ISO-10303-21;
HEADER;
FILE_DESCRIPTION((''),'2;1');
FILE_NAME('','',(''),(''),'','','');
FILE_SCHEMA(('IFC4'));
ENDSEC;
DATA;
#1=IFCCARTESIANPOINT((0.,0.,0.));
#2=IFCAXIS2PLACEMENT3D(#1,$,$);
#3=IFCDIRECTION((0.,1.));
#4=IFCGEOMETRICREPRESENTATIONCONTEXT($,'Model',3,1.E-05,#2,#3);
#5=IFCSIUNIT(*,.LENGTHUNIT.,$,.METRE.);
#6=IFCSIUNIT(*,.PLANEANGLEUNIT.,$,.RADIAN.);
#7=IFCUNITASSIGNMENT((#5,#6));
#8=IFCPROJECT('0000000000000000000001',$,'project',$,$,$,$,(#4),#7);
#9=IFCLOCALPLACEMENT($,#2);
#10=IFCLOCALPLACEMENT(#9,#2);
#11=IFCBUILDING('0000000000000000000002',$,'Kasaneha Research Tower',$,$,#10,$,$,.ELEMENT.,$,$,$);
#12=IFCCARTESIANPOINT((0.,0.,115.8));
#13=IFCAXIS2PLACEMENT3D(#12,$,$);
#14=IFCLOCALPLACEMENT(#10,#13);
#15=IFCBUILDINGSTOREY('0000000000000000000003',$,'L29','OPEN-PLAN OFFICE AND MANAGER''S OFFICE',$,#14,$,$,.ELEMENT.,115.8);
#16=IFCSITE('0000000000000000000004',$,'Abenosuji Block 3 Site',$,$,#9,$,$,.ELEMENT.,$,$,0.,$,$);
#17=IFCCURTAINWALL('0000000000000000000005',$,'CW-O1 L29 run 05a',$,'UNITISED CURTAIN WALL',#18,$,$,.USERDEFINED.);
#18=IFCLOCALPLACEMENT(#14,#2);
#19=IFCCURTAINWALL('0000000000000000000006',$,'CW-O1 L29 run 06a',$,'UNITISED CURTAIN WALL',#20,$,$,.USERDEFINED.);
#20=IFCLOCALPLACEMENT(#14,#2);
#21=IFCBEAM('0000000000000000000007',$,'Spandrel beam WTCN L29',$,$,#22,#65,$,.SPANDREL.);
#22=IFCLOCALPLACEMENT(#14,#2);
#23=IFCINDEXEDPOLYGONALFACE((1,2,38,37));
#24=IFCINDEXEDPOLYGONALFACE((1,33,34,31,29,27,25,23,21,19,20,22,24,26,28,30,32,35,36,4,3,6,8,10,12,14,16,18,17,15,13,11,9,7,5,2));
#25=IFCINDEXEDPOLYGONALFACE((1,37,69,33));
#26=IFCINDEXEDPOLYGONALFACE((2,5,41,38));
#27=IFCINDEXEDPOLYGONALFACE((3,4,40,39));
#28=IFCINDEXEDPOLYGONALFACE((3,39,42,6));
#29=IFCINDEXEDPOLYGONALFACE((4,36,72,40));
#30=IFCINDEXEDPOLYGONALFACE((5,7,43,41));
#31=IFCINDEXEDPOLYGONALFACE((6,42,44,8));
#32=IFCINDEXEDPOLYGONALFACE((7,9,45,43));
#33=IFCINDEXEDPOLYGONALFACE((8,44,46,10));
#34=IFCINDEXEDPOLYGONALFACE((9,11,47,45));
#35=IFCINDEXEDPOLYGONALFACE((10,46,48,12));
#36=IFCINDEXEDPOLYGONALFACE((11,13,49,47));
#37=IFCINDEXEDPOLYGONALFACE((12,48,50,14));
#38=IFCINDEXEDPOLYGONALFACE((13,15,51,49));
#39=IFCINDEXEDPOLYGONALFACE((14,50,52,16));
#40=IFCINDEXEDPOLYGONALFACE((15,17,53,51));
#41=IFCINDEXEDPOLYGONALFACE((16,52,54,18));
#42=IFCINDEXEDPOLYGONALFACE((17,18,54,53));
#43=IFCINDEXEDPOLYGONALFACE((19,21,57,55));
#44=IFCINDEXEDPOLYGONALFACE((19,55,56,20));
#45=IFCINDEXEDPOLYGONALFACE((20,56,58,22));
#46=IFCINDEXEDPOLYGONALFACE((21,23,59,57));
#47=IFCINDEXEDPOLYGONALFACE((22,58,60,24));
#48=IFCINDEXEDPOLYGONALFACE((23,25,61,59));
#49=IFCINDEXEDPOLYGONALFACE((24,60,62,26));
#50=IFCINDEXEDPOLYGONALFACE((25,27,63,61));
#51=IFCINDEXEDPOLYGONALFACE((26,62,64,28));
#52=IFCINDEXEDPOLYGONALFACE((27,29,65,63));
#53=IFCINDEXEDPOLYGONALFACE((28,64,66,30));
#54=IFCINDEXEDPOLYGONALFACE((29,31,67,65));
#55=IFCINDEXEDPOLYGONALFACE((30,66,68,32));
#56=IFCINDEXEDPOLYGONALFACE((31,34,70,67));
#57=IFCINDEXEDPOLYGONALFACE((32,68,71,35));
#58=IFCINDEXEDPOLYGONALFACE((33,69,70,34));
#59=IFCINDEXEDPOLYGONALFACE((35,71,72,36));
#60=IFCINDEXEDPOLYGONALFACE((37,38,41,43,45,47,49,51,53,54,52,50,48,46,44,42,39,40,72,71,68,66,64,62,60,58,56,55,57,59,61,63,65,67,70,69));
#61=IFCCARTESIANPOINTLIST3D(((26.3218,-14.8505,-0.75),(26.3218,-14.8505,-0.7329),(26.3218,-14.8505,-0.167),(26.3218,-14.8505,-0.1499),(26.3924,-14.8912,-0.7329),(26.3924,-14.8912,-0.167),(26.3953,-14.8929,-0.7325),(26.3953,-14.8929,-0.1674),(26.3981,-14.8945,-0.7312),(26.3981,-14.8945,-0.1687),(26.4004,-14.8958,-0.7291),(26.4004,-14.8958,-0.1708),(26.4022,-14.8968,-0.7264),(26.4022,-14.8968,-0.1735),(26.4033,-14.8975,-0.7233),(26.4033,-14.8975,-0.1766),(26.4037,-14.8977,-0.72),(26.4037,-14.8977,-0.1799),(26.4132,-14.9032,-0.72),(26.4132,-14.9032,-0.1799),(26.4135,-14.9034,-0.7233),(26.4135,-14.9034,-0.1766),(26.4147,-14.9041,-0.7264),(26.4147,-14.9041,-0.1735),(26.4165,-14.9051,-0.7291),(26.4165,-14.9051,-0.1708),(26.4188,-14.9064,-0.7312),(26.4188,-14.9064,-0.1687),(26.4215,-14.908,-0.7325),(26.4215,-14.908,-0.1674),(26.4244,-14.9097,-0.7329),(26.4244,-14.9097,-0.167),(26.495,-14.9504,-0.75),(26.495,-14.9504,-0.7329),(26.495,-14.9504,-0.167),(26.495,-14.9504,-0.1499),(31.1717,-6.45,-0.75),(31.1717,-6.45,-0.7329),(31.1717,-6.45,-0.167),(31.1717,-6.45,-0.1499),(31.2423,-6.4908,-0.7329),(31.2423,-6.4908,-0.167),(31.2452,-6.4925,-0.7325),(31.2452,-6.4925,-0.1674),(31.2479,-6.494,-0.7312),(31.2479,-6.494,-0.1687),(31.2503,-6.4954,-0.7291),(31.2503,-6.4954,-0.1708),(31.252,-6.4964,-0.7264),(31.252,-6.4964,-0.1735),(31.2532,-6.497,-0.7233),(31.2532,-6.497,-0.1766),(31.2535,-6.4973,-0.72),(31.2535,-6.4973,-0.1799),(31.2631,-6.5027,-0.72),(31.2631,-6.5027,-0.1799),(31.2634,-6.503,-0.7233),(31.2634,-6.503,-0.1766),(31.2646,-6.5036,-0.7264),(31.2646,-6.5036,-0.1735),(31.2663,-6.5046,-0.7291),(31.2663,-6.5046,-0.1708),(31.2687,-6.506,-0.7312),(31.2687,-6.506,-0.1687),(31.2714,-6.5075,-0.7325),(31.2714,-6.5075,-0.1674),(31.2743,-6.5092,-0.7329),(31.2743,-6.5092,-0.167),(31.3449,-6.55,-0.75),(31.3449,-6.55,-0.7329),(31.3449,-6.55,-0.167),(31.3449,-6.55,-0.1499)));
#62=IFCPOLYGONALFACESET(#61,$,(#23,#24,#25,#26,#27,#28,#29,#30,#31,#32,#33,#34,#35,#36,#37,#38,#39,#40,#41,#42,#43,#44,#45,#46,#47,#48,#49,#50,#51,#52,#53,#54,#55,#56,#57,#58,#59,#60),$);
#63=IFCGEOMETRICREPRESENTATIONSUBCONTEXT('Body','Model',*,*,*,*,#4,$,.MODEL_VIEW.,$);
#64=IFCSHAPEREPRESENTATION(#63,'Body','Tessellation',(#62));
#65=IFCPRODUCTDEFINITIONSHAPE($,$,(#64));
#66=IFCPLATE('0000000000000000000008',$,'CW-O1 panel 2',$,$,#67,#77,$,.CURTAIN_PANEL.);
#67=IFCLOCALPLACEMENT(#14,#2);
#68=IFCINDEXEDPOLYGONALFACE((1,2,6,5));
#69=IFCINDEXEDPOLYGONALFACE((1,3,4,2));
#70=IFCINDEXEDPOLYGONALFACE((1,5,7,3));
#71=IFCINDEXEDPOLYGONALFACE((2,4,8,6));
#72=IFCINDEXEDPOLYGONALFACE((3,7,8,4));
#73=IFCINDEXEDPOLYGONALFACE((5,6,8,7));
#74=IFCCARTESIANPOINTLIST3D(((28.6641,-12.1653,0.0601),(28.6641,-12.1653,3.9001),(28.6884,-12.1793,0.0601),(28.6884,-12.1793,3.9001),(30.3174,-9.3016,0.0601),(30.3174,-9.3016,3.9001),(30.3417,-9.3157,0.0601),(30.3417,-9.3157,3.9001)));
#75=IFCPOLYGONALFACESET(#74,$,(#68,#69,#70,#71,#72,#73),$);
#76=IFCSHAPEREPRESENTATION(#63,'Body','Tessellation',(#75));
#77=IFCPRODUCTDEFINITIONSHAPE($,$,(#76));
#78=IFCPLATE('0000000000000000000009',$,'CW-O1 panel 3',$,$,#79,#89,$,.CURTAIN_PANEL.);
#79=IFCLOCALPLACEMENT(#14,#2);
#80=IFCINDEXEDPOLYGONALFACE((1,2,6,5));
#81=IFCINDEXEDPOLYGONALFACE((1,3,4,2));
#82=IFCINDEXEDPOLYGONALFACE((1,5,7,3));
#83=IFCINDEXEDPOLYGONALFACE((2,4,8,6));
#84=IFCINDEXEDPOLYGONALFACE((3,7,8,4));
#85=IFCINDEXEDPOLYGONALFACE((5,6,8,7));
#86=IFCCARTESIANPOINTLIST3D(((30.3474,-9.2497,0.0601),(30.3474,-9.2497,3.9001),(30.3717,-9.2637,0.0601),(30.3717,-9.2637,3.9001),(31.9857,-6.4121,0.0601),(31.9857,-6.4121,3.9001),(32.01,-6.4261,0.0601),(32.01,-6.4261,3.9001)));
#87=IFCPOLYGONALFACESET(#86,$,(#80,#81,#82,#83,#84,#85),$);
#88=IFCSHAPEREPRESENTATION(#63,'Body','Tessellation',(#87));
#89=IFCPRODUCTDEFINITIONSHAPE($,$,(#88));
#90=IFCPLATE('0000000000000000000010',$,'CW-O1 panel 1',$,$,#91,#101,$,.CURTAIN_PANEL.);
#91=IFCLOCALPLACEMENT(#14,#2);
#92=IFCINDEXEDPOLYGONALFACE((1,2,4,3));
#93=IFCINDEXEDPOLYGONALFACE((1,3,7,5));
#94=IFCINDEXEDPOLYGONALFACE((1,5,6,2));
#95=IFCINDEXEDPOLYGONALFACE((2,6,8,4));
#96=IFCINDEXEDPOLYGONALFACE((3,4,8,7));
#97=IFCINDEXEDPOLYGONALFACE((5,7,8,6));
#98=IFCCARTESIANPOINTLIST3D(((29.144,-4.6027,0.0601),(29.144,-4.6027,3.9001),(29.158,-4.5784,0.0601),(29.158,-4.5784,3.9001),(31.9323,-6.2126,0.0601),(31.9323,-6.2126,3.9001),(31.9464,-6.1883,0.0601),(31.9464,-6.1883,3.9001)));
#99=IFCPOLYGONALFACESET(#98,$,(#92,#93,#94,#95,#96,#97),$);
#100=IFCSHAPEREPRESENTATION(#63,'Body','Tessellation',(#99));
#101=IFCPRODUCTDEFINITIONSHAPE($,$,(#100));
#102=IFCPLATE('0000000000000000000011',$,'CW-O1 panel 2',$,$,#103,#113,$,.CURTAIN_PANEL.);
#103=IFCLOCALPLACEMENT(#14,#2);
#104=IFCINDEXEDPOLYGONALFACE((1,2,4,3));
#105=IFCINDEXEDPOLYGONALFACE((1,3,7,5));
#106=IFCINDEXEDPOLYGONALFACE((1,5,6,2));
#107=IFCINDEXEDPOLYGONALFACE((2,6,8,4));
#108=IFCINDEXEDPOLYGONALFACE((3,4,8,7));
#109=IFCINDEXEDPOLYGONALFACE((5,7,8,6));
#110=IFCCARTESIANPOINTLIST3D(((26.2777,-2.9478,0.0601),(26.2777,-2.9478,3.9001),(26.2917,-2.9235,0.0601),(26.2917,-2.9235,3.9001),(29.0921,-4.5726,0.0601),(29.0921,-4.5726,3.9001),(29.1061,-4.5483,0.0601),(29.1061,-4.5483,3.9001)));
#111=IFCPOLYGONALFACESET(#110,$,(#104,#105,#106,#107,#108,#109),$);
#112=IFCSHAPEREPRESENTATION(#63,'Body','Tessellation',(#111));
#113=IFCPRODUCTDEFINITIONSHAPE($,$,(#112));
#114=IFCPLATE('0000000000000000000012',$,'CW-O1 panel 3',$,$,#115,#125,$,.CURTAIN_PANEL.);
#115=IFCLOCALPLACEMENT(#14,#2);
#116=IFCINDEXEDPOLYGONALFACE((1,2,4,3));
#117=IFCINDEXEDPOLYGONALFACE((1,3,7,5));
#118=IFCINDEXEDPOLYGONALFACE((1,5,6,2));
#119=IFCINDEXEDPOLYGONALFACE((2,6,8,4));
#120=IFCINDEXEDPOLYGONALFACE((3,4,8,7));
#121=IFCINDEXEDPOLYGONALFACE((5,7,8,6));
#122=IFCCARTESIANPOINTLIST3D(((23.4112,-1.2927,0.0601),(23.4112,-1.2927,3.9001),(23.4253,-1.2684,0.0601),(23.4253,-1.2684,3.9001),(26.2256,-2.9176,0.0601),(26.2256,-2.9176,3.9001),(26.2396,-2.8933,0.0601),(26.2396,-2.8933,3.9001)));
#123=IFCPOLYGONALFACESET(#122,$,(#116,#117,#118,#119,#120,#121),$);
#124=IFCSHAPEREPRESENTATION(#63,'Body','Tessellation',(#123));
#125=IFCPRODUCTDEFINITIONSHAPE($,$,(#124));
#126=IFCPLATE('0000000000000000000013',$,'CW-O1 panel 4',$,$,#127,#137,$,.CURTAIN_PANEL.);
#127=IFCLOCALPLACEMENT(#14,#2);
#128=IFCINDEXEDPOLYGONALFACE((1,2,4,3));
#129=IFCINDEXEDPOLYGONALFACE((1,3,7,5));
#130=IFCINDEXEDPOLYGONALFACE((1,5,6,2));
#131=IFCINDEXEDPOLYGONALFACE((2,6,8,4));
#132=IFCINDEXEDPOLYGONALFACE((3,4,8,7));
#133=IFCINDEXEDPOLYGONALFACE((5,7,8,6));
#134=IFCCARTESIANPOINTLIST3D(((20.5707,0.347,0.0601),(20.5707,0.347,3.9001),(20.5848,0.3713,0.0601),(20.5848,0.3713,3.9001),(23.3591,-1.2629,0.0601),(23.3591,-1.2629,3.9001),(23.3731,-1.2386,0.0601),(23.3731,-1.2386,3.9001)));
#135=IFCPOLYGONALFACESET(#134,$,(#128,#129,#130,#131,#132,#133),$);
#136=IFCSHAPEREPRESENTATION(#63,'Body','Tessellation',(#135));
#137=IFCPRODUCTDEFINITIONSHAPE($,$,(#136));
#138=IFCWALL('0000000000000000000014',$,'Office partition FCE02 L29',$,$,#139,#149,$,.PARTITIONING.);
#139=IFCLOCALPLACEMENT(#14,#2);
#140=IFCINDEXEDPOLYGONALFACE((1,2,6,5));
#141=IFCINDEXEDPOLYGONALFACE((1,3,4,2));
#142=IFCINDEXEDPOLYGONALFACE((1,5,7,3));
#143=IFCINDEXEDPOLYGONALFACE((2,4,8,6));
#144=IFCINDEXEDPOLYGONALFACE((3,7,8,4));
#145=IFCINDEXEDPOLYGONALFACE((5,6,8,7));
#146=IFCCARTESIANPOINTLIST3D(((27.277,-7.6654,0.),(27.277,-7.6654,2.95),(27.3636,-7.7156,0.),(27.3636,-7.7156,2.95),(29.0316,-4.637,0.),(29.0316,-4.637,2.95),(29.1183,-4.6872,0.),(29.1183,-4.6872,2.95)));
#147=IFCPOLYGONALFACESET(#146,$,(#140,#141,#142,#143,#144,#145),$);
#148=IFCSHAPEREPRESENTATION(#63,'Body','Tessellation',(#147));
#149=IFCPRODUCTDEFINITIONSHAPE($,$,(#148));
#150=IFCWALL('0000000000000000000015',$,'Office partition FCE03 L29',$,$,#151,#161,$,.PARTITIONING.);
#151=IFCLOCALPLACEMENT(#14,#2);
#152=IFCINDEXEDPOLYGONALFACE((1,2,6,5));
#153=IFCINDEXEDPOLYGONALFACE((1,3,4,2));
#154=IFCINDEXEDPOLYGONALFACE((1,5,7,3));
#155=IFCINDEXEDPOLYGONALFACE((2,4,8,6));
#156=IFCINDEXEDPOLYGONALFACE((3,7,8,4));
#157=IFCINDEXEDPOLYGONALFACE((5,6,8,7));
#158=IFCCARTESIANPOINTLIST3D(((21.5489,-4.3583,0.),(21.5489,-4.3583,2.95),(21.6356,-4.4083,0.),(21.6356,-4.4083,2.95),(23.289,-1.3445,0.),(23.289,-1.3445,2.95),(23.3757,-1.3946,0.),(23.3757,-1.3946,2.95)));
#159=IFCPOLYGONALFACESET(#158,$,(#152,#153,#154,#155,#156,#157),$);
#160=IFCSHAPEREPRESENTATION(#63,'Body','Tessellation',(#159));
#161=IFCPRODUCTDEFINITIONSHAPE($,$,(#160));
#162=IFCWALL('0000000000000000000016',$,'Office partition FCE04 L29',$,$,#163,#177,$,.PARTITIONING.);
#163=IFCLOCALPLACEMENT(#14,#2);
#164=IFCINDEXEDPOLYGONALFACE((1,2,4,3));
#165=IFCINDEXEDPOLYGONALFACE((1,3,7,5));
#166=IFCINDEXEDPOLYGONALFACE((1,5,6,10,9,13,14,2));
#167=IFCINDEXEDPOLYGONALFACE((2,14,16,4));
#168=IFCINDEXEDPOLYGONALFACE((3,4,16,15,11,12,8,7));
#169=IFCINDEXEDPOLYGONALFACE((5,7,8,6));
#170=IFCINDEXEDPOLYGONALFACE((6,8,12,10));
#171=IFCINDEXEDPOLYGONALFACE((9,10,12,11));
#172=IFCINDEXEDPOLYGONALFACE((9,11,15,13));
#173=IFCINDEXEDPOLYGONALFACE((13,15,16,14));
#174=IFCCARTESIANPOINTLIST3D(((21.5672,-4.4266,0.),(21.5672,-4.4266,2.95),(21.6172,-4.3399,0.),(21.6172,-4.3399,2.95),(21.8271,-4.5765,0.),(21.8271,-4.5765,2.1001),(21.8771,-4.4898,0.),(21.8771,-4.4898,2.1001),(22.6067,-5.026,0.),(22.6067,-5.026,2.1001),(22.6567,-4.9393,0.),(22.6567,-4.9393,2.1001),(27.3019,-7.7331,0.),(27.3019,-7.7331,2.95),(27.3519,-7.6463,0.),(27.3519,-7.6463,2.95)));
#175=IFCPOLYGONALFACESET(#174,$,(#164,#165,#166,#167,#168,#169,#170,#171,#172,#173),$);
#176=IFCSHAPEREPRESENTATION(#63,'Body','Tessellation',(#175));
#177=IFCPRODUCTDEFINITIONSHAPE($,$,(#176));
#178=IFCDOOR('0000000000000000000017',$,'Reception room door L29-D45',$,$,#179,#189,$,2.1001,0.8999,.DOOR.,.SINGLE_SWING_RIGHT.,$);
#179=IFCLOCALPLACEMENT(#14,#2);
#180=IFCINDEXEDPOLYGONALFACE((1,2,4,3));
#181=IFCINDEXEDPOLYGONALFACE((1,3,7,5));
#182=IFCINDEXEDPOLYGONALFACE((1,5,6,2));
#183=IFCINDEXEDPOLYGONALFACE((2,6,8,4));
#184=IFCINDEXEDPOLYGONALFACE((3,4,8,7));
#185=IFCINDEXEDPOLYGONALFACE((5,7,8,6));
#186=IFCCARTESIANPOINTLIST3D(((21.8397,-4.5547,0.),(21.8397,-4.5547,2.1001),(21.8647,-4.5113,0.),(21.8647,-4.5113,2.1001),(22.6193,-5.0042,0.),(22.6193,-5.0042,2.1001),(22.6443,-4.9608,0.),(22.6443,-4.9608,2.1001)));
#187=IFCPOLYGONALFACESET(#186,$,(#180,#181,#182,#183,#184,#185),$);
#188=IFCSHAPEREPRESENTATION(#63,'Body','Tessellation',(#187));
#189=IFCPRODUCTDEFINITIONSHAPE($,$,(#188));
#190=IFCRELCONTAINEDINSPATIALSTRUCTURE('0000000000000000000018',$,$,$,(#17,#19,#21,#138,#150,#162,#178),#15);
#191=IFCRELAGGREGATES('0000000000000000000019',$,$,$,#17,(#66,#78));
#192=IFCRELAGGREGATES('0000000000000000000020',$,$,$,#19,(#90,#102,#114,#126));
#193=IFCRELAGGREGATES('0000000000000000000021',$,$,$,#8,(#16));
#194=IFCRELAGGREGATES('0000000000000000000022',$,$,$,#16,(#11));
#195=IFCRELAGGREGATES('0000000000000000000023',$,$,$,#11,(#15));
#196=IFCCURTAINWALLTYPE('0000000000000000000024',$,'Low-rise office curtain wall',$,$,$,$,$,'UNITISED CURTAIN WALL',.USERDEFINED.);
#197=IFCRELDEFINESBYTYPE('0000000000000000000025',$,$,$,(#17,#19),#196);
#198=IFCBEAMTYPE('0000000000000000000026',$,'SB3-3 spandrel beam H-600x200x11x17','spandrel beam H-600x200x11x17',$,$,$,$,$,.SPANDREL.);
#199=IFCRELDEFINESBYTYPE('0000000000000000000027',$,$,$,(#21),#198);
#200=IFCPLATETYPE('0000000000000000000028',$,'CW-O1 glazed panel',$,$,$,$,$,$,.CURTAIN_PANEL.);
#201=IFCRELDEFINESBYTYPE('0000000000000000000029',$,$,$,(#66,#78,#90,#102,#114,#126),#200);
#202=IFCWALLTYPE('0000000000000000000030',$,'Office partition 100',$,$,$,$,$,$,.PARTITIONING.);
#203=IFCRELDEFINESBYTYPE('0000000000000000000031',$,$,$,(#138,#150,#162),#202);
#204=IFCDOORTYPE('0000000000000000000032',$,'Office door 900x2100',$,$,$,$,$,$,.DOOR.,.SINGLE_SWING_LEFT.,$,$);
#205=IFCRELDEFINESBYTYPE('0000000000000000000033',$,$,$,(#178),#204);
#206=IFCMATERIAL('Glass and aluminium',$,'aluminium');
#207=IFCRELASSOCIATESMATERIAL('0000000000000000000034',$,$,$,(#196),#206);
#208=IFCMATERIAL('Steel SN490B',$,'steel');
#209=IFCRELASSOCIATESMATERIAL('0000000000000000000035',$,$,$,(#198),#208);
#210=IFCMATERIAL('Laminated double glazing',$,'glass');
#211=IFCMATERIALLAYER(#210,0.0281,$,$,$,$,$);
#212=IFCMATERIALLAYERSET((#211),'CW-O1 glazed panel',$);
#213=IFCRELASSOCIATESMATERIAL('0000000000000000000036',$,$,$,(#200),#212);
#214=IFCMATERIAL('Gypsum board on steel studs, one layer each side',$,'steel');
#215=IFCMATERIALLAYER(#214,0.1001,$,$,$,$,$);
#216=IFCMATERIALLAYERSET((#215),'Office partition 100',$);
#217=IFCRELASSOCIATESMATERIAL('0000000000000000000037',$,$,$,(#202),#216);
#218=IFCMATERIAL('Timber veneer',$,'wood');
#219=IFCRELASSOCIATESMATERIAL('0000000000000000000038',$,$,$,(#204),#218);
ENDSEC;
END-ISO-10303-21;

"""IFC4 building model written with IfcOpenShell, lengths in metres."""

from ifc_helpers import new_model, si_unit, direction, frame, frame_2d, origin, origin_2d, place, context, subcontext, project, spatial, rectangle, i_section, extrude, material, layer, layer_set, material_profile, profile_set, type_object, element, fill, aggregate, save


model = new_model("IFC4")

# Units and contexts
model_context = context("Model", 3, precision=1e-05, world=origin(), true_north=direction((0.0, 1.0)))
body_context = subcontext(model_context, "Body", "Model", "MODEL_VIEW")
ifc_project = project(units=[si_unit("LENGTHUNIT", "METRE"), si_unit("PLANEANGLEUNIT", "RADIAN")], contexts=[model_context])

# Site, building, storey
site_placement = place(None, origin())
site = spatial("IfcSite", under=ifc_project, at=site_placement, Name="Abenosuji Block 3 Site", CompositionType="ELEMENT", RefElevation=0.0)
building_placement = place(site_placement, origin())
building = spatial("IfcBuilding", under=site, at=building_placement, Name="Kasaneha Research Tower", CompositionType="ELEMENT")
storey_placement = place(building_placement, frame((0.0, 0.0, 115.8)))
storey = spatial("IfcBuildingStorey", under=building, at=storey_placement, Name="L29", Description="OPEN-PLAN OFFICE AND MANAGER'S OFFICE", CompositionType="ELEMENT", Elevation=115.8)

# Curtain walls
ifc_material_1 = material(Name="Glass and aluminium", Category="aluminium")
curtain_wall_type = type_object("IfcCurtainWallType", Name="Low-rise office curtain wall", ElementType="UNITISED CURTAIN WALL", PredefinedType="USERDEFINED", material=ifc_material_1)
curtain_wall_1_placement = place(storey_placement, origin())
curtain_wall_1 = element("IfcCurtainWall", 1, at=curtain_wall_1_placement, inside=storey, type_object=curtain_wall_type, Name="CW-O1 L29 run 05a", ObjectType="UNITISED CURTAIN WALL", PredefinedType="USERDEFINED")
curtain_wall_2_placement = place(storey_placement, origin())
curtain_wall_2 = element("IfcCurtainWall", 2, at=curtain_wall_2_placement, inside=storey, type_object=curtain_wall_type, Name="CW-O1 L29 run 06a", ObjectType="UNITISED CURTAIN WALL", PredefinedType="USERDEFINED")

# Beam
ifc_material_2 = material(Name="Steel SN490B", Category="steel")
ifc_material_profile_1 = material_profile(ifc_material_2, i_section(OverallWidth=0.2, OverallDepth=0.6001, WebThickness=0.011, FlangeThickness=0.0171, FilletRadius=0.0129, at=origin_2d()), Name="H-600x200x11x17")
ifc_profile_set_1 = profile_set([ifc_material_profile_1], Name="Steel SN490B")
beam_type_1 = type_object("IfcBeamType", Name="SB3-3 spandrel beam H-600x200x11x17", Description="spandrel beam H-600x200x11x17", PredefinedType="SPANDREL", material=ifc_profile_set_1)
beam_1_placement = place(storey_placement, frame((31.2583, -6.5, -0.45), z_axis=(-0.499991, -0.866031, 0.0), x_axis=(0.866031, -0.499991, 0.0)))
element("IfcBeam", 3, at=beam_1_placement, inside=storey, type_object=beam_type_1, Name="Spandrel beam WTCN L29", PredefinedType="SPANDREL", context=body_context, shape_type="SweptSolid", body=[
    extrude(i_section(OverallWidth=0.2, OverallDepth=0.6001, WebThickness=0.011, FlangeThickness=0.0171, FilletRadius=0.0129, at=origin_2d()), origin(), (0.0, 0.0, 1.0), 9.7),
])

# Plates
ifc_material_3 = material(Name="Laminated double glazing", Category="glass")
ifc_layer_1 = layer(ifc_material_3, 0.0281)
ifc_layer_set_1 = layer_set([ifc_layer_1], Name="CW-O1 glazed panel")
plate_type = type_object("IfcPlateType", Name="CW-O1 glazed panel", PredefinedType="CURTAIN_PANEL", material=ifc_layer_set_1)
plate_1_placement = place(storey_placement, frame((29.5029, -10.7405, 0.0601), z_axis=(0.0, 0.0, 1.0), x_axis=(0.5, 0.866025, 0.0)))
plate_1 = element("IfcPlate", 4, at=plate_1_placement, type_object=plate_type, Name="CW-O1 panel 2", PredefinedType="CURTAIN_PANEL", context=body_context, shape_type="SweptSolid", body=[
    extrude(rectangle(XDim=3.3066, YDim=0.0281, at=origin_2d()), origin(), (0.0, 0.0, 1.0), 3.8401),
])
plate_2_placement = place(storey_placement, frame((31.1787, -7.8379, 0.0601), z_axis=(0.0, 0.0, 1.0), x_axis=(0.5, 0.866025, 0.0)))
plate_2 = element("IfcPlate", 5, at=plate_2_placement, type_object=plate_type, Name="CW-O1 panel 3", PredefinedType="CURTAIN_PANEL", context=body_context, shape_type="SweptSolid", body=[
    extrude(rectangle(XDim=3.2766, YDim=0.0281, at=origin_2d()), origin(), (0.0, 0.0, 1.0), 3.8401),
])
aggregate(curtain_wall_1, [plate_1, plate_2])
plate_3_placement = place(storey_placement, frame((30.5452, -5.3955, 0.0601), z_axis=(0.0, 0.0, 1.0), x_axis=(-0.866025, 0.5, 0.0)))
plate_3 = element("IfcPlate", 6, at=plate_3_placement, type_object=plate_type, Name="CW-O1 panel 1", PredefinedType="CURTAIN_PANEL", context=body_context, shape_type="SweptSolid", body=[
    extrude(rectangle(XDim=3.2197, YDim=0.0281, at=origin_2d()), origin(), (0.0, 0.0, 1.0), 3.8401),
])
plate_4_placement = place(storey_placement, frame((27.6919, -3.748, 0.0601), z_axis=(0.0, 0.0, 1.0), x_axis=(-0.866025, 0.5, 0.0)))
plate_4 = element("IfcPlate", 7, at=plate_4_placement, type_object=plate_type, Name="CW-O1 panel 2", PredefinedType="CURTAIN_PANEL", context=body_context, shape_type="SweptSolid", body=[
    extrude(rectangle(XDim=3.2498, YDim=0.0281, at=origin_2d()), origin(), (0.0, 0.0, 1.0), 3.8401),
])
plate_5_placement = place(storey_placement, frame((24.8254, -2.093, 0.0601), z_axis=(0.0, 0.0, 1.0), x_axis=(-0.866025, 0.5, 0.0)))
plate_5 = element("IfcPlate", 8, at=plate_5_placement, type_object=plate_type, Name="CW-O1 panel 3", PredefinedType="CURTAIN_PANEL", context=body_context, shape_type="SweptSolid", body=[
    extrude(rectangle(XDim=3.2498, YDim=0.0281, at=origin_2d()), origin(), (0.0, 0.0, 1.0), 3.8401),
])
plate_6_placement = place(storey_placement, frame((21.9719, -0.4458, 0.0601), z_axis=(0.0, 0.0, 1.0), x_axis=(-0.866025, 0.5, 0.0)))
plate_6 = element("IfcPlate", 9, at=plate_6_placement, type_object=plate_type, Name="CW-O1 panel 4", PredefinedType="CURTAIN_PANEL", context=body_context, shape_type="SweptSolid", body=[
    extrude(rectangle(XDim=3.2197, YDim=0.0281, at=origin_2d()), origin(), (0.0, 0.0, 1.0), 3.8401),
])
aggregate(curtain_wall_2, [plate_3, plate_4, plate_5, plate_6])

# Walls
ifc_material_4 = material(Name="Gypsum board on steel studs, one layer each side", Category="steel")
ifc_layer_2 = layer(ifc_material_4, 0.1001)
ifc_layer_set_2 = layer_set([ifc_layer_2], Name="Office partition 100")
wall_type = type_object("IfcWallType", Name="Office partition 100", PredefinedType="PARTITIONING", material=ifc_layer_set_2)
wall_1_placement = place(storey_placement, frame((29.075, -4.6621, 0.0), z_axis=(0.0, 0.0, 1.0), x_axis=(-0.501336, -0.865253, 0.0)))
element("IfcWall", 10, at=wall_1_placement, inside=storey, type_object=wall_type, Name="Office partition FCE02 L29", PredefinedType="PARTITIONING", context=body_context, shape_type="SweptSolid", body=[
    extrude(rectangle(XDim=3.5, YDim=0.1001, at=frame_2d((1.75, 0.0))), origin(), (0.0, 0.0, 1.0), 2.95),
])
wall_2_placement = place(storey_placement, frame((21.5923, -4.3833, 0.0), z_axis=(0.0, 0.0, 1.0), x_axis=(0.50001, 0.86602, 0.0)))
element("IfcWall", 11, at=wall_2_placement, inside=storey, type_object=wall_type, Name="Office partition FCE03 L29", PredefinedType="PARTITIONING", context=body_context, shape_type="SweptSolid", body=[
    extrude(rectangle(XDim=3.48, YDim=0.1001, at=frame_2d((1.74, 0.0))), origin(), (0.0, 0.0, 1.0), 2.95),
])

# Wall, opening, door
wall_3_placement = place(storey_placement, frame((27.3269, -7.6897, 0.0), z_axis=(0.0, 0.0, 1.0), x_axis=(-0.866319, 0.499491, 0.0)))
wall_3 = element("IfcWall", 12, at=wall_3_placement, inside=storey, type_object=wall_type, Name="Office partition FCE04 L29", PredefinedType="PARTITIONING", context=body_context, shape_type="SweptSolid", body=[
    extrude(rectangle(XDim=6.6196, YDim=0.1001, at=frame_2d((3.3098, 0.0))), origin(), (0.0, 0.0, 1.0), 2.95),
])
opening_placement = place(wall_3_placement, frame((5.4197, 0.0, 0.0)))
opening = element("IfcOpeningElement", 13, at=opening_placement, cuts=wall_3, PredefinedType="OPENING", context=body_context, shape_type="SweptSolid", body=[
    extrude(rectangle(XDim=0.8999, YDim=2.1001, at=frame_2d((0.45, 1.05))), frame((0.0, 0.0601, 0.0), z_axis=(0.0, -1.0, 0.0), x_axis=(1.0, 0.0, 0.0)), (0.0, 0.0, 1.0), 0.1201),
])
ifc_material_5 = material(Name="Timber veneer", Category="wood")
door_type = type_object("IfcDoorType", Name="Office door 900x2100", OperationType="SINGLE_SWING_LEFT", PredefinedType="DOOR", material=ifc_material_5)
door_placement = place(opening_placement, origin())
door = element("IfcDoor", 14, at=door_placement, inside=storey, type_object=door_type, Name="Reception room door L29-D45", OperationType="SINGLE_SWING_RIGHT", OverallHeight=2.1001, OverallWidth=0.8999, PredefinedType="DOOR", context=body_context, shape_type="SweptSolid", body=[
    extrude(rectangle(XDim=0.8999, YDim=2.1001, at=frame_2d((0.45, 1.05))), frame((0.0, 0.0249, 0.0), z_axis=(0.0, -1.0, 0.0), x_axis=(1.0, 0.0, 0.0)), (0.0, 0.0, 1.0), 0.05),
])
fill(opening, door)

save(model, "model.ifc")
